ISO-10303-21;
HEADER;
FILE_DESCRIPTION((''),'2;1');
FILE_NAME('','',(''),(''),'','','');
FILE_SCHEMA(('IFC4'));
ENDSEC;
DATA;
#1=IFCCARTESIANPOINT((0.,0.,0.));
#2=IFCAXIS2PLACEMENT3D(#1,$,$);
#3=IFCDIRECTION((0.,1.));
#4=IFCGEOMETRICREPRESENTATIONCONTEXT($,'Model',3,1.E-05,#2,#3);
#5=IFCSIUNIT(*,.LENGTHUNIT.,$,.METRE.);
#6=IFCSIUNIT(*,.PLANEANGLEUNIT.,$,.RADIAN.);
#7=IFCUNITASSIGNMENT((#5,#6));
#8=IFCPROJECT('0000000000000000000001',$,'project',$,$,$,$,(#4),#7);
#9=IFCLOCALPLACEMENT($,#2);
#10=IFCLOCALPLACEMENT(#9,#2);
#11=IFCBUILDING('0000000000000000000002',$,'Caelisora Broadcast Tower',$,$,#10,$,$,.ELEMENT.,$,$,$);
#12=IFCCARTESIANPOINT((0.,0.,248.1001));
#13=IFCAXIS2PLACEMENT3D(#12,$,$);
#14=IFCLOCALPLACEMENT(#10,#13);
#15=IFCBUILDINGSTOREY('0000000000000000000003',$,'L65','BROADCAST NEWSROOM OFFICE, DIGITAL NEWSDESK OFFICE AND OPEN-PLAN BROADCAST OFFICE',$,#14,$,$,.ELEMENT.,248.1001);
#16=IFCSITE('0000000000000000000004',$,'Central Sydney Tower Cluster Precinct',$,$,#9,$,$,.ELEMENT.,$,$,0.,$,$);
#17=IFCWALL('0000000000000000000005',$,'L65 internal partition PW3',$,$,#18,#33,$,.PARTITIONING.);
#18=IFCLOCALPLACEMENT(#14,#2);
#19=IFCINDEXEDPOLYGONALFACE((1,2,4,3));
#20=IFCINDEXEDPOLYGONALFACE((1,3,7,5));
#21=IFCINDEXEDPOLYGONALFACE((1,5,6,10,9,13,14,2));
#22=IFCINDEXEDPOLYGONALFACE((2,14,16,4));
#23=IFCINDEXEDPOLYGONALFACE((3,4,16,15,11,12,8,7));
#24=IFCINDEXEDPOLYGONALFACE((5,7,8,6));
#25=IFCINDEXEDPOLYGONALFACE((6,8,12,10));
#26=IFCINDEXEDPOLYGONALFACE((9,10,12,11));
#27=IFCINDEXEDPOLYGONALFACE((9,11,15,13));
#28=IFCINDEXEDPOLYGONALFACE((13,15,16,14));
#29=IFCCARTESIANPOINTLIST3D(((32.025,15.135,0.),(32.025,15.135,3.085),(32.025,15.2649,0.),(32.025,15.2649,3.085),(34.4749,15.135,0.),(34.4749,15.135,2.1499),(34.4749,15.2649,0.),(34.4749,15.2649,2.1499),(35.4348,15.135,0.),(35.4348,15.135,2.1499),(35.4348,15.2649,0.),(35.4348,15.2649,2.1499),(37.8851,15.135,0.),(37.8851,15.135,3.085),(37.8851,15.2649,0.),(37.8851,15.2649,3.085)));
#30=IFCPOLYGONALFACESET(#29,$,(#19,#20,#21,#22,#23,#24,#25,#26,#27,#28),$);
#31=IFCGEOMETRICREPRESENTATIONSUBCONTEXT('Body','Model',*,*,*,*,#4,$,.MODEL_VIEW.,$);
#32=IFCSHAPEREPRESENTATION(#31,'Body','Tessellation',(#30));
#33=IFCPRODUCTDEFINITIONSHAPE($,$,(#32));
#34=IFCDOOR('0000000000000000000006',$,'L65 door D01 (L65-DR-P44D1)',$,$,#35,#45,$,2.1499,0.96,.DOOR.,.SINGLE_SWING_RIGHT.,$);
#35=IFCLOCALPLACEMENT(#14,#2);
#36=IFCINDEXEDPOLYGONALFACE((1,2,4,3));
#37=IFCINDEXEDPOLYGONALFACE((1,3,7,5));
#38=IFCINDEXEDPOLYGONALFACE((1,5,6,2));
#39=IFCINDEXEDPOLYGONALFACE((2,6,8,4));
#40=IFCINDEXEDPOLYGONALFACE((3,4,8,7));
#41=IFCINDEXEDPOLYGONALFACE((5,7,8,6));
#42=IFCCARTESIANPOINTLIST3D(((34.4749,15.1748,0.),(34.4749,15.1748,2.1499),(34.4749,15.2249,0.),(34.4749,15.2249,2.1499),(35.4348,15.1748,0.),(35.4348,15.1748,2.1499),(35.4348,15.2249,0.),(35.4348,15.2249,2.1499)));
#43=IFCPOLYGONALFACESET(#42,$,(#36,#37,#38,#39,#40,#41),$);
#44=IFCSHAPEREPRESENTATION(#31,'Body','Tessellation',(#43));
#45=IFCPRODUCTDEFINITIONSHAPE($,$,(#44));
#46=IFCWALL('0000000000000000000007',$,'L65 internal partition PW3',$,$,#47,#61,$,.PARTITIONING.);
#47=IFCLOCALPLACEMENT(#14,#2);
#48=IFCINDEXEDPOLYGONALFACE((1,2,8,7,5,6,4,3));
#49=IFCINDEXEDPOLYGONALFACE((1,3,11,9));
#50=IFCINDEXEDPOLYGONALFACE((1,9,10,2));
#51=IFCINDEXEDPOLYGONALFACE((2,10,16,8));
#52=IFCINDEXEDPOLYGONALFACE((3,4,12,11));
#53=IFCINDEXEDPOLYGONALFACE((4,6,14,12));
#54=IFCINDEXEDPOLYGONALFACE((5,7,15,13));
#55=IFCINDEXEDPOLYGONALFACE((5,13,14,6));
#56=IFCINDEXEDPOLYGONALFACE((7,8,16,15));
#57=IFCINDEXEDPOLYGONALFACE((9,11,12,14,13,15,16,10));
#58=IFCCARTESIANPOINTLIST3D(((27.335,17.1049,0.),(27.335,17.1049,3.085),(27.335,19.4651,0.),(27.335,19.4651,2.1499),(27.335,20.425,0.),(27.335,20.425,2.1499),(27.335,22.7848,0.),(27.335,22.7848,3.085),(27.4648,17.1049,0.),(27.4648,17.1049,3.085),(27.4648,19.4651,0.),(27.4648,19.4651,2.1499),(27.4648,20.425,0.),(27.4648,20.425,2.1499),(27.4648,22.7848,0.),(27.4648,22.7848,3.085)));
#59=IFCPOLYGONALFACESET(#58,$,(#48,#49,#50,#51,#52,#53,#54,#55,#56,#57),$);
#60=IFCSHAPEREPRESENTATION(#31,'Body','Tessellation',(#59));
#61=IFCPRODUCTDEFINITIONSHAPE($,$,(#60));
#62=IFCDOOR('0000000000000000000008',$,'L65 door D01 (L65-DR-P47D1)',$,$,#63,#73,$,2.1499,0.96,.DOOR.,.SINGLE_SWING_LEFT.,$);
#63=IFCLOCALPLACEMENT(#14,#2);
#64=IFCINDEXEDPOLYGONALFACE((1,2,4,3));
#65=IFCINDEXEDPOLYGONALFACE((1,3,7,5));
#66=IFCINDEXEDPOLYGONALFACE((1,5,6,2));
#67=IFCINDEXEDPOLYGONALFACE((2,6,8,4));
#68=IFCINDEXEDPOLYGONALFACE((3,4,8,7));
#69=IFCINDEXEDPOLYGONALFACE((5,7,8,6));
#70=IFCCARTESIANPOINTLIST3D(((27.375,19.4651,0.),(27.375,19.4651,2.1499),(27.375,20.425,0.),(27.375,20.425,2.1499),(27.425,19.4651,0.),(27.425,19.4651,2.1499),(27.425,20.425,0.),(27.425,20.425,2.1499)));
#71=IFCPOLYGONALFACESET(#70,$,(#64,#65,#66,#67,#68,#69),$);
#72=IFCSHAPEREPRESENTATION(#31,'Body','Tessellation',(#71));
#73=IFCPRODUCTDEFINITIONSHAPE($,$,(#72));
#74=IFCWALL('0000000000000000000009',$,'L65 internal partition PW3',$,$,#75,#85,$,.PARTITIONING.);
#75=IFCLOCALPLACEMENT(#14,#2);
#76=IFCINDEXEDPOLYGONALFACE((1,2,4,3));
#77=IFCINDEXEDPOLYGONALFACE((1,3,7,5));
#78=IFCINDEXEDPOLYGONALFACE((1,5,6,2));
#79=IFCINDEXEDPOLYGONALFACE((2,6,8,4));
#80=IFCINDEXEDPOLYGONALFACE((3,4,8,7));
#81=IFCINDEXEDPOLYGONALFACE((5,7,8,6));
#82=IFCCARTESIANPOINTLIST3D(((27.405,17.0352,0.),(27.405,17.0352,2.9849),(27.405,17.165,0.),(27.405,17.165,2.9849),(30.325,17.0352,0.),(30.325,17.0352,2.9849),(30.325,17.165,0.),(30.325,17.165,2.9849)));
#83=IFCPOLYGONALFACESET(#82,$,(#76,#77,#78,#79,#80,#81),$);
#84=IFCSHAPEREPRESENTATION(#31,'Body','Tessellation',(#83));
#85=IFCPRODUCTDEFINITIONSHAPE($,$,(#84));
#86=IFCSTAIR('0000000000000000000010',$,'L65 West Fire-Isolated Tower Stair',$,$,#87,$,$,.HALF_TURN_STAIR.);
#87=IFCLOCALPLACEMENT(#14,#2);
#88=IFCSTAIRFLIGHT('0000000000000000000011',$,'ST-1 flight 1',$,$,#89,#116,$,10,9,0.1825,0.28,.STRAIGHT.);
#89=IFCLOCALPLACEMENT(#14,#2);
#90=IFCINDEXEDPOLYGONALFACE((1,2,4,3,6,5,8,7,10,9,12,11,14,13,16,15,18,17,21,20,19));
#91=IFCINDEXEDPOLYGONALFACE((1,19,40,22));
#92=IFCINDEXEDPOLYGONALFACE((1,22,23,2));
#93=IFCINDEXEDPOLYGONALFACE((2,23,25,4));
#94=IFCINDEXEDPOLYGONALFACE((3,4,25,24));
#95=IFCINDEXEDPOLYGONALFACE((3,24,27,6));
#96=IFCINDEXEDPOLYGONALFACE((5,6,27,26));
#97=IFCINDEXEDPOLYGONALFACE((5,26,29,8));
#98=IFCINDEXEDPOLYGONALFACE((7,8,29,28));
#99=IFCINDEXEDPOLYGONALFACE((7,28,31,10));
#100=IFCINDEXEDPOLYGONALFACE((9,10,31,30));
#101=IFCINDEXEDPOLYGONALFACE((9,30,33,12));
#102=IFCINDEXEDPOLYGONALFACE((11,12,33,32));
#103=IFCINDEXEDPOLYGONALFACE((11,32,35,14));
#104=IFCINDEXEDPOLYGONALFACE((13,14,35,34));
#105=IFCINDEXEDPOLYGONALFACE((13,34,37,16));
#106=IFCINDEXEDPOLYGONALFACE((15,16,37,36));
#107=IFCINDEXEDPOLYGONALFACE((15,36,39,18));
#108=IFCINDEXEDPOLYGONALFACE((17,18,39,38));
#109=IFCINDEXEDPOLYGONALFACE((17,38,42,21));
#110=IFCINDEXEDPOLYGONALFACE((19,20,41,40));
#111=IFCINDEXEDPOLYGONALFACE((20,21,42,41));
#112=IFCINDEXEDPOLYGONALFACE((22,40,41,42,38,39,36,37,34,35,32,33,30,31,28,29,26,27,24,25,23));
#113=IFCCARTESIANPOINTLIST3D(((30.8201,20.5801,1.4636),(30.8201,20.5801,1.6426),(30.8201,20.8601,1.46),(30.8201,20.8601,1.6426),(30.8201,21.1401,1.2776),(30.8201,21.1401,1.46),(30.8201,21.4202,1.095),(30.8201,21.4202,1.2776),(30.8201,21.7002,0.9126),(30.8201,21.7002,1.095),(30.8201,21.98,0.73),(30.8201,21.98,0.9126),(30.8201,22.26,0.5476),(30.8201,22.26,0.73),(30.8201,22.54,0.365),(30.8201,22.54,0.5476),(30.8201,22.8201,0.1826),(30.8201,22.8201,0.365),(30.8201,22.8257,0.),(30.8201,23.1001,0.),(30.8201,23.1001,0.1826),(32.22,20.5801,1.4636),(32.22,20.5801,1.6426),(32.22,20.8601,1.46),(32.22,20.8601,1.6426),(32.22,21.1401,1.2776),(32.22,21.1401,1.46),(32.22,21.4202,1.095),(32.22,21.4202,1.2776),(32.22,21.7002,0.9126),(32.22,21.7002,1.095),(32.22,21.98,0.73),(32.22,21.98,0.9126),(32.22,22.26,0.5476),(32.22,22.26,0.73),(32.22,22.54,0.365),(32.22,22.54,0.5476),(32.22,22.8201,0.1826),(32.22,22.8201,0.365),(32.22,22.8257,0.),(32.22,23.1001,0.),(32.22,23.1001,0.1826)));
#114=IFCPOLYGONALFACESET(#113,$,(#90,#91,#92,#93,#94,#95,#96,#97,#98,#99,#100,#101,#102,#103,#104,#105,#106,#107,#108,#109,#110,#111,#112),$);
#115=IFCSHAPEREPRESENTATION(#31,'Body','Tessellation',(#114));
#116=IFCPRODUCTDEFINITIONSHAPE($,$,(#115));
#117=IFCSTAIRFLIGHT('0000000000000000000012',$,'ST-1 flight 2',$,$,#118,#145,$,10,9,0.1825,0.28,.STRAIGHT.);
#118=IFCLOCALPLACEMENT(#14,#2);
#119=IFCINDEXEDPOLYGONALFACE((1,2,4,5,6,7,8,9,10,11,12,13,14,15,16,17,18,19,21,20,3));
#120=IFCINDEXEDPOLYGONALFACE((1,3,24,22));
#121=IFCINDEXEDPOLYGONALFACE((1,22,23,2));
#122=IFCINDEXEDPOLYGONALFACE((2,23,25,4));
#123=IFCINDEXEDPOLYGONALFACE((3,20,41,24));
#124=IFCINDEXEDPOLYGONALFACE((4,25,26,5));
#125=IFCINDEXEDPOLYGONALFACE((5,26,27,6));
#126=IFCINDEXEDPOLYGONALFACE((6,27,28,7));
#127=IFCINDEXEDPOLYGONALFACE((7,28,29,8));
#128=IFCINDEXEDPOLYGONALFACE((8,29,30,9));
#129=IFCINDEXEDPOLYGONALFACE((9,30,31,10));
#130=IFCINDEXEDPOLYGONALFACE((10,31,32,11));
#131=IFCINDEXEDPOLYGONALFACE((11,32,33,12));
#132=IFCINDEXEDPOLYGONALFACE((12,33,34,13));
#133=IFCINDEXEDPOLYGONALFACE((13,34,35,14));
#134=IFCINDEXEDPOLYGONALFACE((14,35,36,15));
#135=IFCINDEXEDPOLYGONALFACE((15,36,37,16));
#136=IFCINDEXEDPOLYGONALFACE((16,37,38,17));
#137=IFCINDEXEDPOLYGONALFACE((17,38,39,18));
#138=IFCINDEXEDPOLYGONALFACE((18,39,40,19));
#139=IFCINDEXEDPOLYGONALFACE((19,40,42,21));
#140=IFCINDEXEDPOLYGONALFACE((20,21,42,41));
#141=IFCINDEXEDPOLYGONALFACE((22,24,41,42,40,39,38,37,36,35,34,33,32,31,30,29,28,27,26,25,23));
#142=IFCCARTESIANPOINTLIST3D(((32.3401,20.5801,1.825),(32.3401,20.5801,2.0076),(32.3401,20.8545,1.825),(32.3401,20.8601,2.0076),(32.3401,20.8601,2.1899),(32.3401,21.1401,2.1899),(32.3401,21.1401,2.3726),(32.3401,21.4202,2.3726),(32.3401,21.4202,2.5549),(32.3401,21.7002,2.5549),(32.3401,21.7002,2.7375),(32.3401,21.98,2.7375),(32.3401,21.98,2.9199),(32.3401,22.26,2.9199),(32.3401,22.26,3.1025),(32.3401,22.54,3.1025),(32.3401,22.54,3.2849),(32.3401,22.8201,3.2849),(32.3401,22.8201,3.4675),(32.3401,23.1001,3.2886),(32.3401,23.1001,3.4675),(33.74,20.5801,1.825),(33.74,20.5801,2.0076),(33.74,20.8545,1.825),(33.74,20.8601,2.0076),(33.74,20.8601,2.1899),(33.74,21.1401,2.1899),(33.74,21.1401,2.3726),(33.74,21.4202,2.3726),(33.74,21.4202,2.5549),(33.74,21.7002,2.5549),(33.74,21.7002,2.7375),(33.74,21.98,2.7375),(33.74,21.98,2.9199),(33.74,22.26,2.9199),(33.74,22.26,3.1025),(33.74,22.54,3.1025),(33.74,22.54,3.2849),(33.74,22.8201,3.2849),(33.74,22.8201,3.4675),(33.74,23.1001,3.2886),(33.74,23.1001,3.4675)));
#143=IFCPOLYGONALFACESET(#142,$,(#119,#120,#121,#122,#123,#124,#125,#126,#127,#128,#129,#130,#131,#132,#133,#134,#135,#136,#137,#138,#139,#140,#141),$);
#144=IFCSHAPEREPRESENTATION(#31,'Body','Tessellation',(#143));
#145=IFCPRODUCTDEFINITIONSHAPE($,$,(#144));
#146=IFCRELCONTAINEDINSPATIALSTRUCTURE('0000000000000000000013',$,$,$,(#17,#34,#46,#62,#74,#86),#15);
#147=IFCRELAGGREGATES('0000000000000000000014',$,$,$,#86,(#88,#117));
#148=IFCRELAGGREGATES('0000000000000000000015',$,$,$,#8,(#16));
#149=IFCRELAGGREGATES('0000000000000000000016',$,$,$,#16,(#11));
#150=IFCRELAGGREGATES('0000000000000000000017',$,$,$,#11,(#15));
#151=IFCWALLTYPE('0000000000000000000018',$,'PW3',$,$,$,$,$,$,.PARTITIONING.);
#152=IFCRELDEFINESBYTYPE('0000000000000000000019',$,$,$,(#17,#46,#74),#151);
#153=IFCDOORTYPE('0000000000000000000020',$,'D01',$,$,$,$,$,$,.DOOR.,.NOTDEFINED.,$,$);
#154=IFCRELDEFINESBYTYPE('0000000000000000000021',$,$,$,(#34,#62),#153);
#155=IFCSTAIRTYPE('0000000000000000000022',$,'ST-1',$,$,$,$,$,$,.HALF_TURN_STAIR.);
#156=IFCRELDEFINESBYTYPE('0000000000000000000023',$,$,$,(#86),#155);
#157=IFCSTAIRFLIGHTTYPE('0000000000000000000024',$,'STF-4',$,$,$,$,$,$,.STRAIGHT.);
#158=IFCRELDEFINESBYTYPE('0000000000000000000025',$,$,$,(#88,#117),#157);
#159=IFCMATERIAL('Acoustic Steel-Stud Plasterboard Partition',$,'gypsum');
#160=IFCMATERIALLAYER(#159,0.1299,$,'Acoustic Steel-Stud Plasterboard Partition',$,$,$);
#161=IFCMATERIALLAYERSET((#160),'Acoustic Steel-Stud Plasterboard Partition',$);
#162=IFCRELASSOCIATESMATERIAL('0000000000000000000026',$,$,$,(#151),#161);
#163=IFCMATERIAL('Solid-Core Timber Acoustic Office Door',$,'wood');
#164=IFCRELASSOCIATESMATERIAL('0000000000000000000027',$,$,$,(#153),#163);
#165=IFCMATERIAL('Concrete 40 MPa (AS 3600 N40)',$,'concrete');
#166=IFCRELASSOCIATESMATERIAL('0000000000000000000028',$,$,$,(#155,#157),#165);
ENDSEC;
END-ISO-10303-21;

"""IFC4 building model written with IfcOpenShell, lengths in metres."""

from ifc_helpers import new_model, si_unit, direction, frame, frame_2d, origin, place, context, subcontext, project, spatial, polyline, rectangle, outline, extrude, material, layer, layer_set, type_object, element, fill, aggregate, save


model = new_model("IFC4")

# Units and contexts
model_context = context("Model", 3, precision=1e-05, world=origin(), true_north=direction((0.0, 1.0)))
body_context = subcontext(model_context, "Body", "Model", "MODEL_VIEW")
ifc_project = project(units=[si_unit("LENGTHUNIT", "METRE"), si_unit("PLANEANGLEUNIT", "RADIAN")], contexts=[model_context])

# Site, building, storey
site_placement = place(None, origin())
site = spatial("IfcSite", under=ifc_project, at=site_placement, Name="Central Sydney Tower Cluster Precinct", CompositionType="ELEMENT", RefElevation=0.0)
building_placement = place(site_placement, origin())
building = spatial("IfcBuilding", under=site, at=building_placement, Name="Caelisora Broadcast Tower", CompositionType="ELEMENT")
storey_placement = place(building_placement, frame((0.0, 0.0, 248.1001)))
storey = spatial("IfcBuildingStorey", under=building, at=storey_placement, Name="L65", Description="BROADCAST NEWSROOM OFFICE, DIGITAL NEWSDESK OFFICE AND OPEN-PLAN BROADCAST OFFICE", CompositionType="ELEMENT", Elevation=248.1001)

# Shared definitions
ifc_material_1 = material(Name="Concrete 40 MPa (AS 3600 N40)", Category="concrete")

# Walls, openings, doors
ifc_material_2 = material(Name="Acoustic Steel-Stud Plasterboard Partition", Category="gypsum")
ifc_layer_1 = layer(ifc_material_2, 0.1299, Name="Acoustic Steel-Stud Plasterboard Partition")
ifc_layer_set_1 = layer_set([ifc_layer_1], Name="Acoustic Steel-Stud Plasterboard Partition")
wall_type_1 = type_object("IfcWallType", Name="PW3", PredefinedType="PARTITIONING", material=ifc_layer_set_1)
wall_1_placement = place(storey_placement, frame((32.0249, 15.2, 0.0), z_axis=(0.0, 0.0, 1.0), x_axis=(1.0, 0.0, 0.0)))
wall_1 = element("IfcWall", 1, at=wall_1_placement, inside=storey, type_object=wall_type_1, Name="L65 internal partition PW3", PredefinedType="PARTITIONING", context=body_context, shape_type="SweptSolid", body=[
    extrude(rectangle(XDim=5.8601, YDim=0.1299, at=frame_2d((2.9302, 0.0))), origin(), (0.0, 0.0, 1.0), 3.085),
])
opening_1_placement = place(wall_1_placement, frame((2.45, 0.0, 0.0)))
opening_1 = element("IfcOpeningElement", 2, at=opening_1_placement, cuts=wall_1, PredefinedType="OPENING", context=body_context, shape_type="SweptSolid", body=[
    extrude(rectangle(XDim=0.96, YDim=2.1499, at=frame_2d((0.48, 1.075))), frame((0.0, 0.0769, 0.0), z_axis=(0.0, -1.0, 0.0), x_axis=(1.0, 0.0, 0.0)), (0.0, 0.0, 1.0), 0.1538),
])
ifc_material_3 = material(Name="Solid-Core Timber Acoustic Office Door", Category="wood")
door_type_1 = type_object("IfcDoorType", Name="D01", OperationType="NOTDEFINED", PredefinedType="DOOR", material=ifc_material_3)
door_1_placement = place(opening_1_placement, origin())
door_1 = element("IfcDoor", 3, at=door_1_placement, inside=storey, type_object=door_type_1, Name="L65 door D01 (L65-DR-P44D1)", OperationType="SINGLE_SWING_RIGHT", OverallHeight=2.1499, OverallWidth=0.96, PredefinedType="DOOR", context=body_context, shape_type="SweptSolid", body=[
    extrude(rectangle(XDim=0.96, YDim=2.1499, at=frame_2d((0.48, 1.075))), frame((0.0, 0.0249, 0.0), z_axis=(0.0, -1.0, 0.0), x_axis=(1.0, 0.0, 0.0)), (0.0, 0.0, 1.0), 0.05),
])
fill(opening_1, door_1)
wall_2_placement = place(storey_placement, frame((27.3999, 17.105, 0.0), z_axis=(0.0, 0.0, 1.0), x_axis=(0.0, 1.0, 0.0)))
wall_2 = element("IfcWall", 4, at=wall_2_placement, inside=storey, type_object=wall_type_1, Name="L65 internal partition PW3", PredefinedType="PARTITIONING", context=body_context, shape_type="SweptSolid", body=[
    extrude(rectangle(XDim=5.6799, YDim=0.1299, at=frame_2d((2.8398, 0.0))), origin(), (0.0, 0.0, 1.0), 3.085),
])
opening_2_placement = place(wall_2_placement, frame((2.3601, 0.0, 0.0)))
opening_2 = element("IfcOpeningElement", 5, at=opening_2_placement, cuts=wall_2, PredefinedType="OPENING", context=body_context, shape_type="SweptSolid", body=[
    extrude(rectangle(XDim=0.96, YDim=2.1499, at=frame_2d((0.48, 1.075))), frame((0.0, 0.0769, 0.0), z_axis=(0.0, -1.0, 0.0), x_axis=(1.0, 0.0, 0.0)), (0.0, 0.0, 1.0), 0.1538),
])
door_2_placement = place(opening_2_placement, origin())
door_2 = element("IfcDoor", 6, at=door_2_placement, inside=storey, type_object=door_type_1, Name="L65 door D01 (L65-DR-P47D1)", OperationType="SINGLE_SWING_LEFT", OverallHeight=2.1499, OverallWidth=0.96, PredefinedType="DOOR", context=body_context, shape_type="SweptSolid", body=[
    extrude(rectangle(XDim=0.96, YDim=2.1499, at=frame_2d((0.48, 1.075))), frame((0.0, 0.0249, 0.0), z_axis=(0.0, -1.0, 0.0), x_axis=(1.0, 0.0, 0.0)), (0.0, 0.0, 1.0), 0.05),
])
fill(opening_2, door_2)

# Wall
wall_3_placement = place(storey_placement, frame((30.325, 17.1001, 0.0), z_axis=(0.0, 0.0, 1.0), x_axis=(-1.0, 0.0, 0.0)))
element("IfcWall", 7, at=wall_3_placement, inside=storey, type_object=wall_type_1, Name="L65 internal partition PW3", PredefinedType="PARTITIONING", context=body_context, shape_type="SweptSolid", body=[
    extrude(rectangle(XDim=2.9199, YDim=0.1299, at=frame_2d((1.46, 0.0))), origin(), (0.0, 0.0, 1.0), 2.9849),
])

# Stair, stair flights
stair_type = type_object("IfcStairType", Name="ST-1", PredefinedType="HALF_TURN_STAIR", material=ifc_material_1)
stair_placement = place(storey_placement, origin())
stair = element("IfcStair", 8, at=stair_placement, inside=storey, type_object=stair_type, Name="L65 West Fire-Isolated Tower Stair", PredefinedType="HALF_TURN_STAIR")
stair_flight_type = type_object("IfcStairFlightType", Name="STF-4", PredefinedType="STRAIGHT", material=ifc_material_1)
stair_flight_1_placement = place(storey_placement, frame((31.52, 23.1001, 0.0), z_axis=(0.0, 0.0, 1.0), x_axis=(0.0, -1.0, 0.0)))
stair_flight_1 = element("IfcStairFlight", 9, at=stair_flight_1_placement, type_object=stair_flight_type, Name="ST-1 flight 1", NumberOfRisers=10, NumberOfTreads=9, PredefinedType="STRAIGHT", RiserHeight=0.1825, TreadLength=0.28, context=body_context, shape_type="SweptSolid", body=[
    extrude(outline(polyline([(0.0, 0.0), (0.0, 0.1826), (0.28, 0.1826), (0.28, 0.365), (0.5601, 0.365), (0.5601, 0.5476), (0.8401, 0.5476), (0.8401, 0.73), (1.1201, 0.73), (1.1201, 0.9126), (1.3999, 0.9126), (1.3999, 1.095), (1.6799, 1.095), (1.6799, 1.2776), (1.96, 1.2776), (1.96, 1.46), (2.24, 1.46), (2.24, 1.6426), (2.52, 1.6426), (2.52, 1.825), (2.52, 1.4636), (0.2744, 0.0), (0.0, 0.0)])), frame((0.0, 0.7, 0.0), z_axis=(0.0, -1.0, 0.0), x_axis=(1.0, 0.0, 0.0)), (0.0, 0.0, 1.0), 1.3999),
])
stair_flight_2_placement = place(storey_placement, frame((33.04, 20.5801, 1.825), z_axis=(0.0, 0.0, 1.0), x_axis=(0.0, 1.0, 0.0)))
stair_flight_2 = element("IfcStairFlight", 10, at=stair_flight_2_placement, type_object=stair_flight_type, Name="ST-1 flight 2", NumberOfRisers=10, NumberOfTreads=9, PredefinedType="STRAIGHT", RiserHeight=0.1825, TreadLength=0.28, context=body_context, shape_type="SweptSolid", body=[
    extrude(outline(polyline([(0.0, 0.0), (0.0, 0.1826), (0.28, 0.1826), (0.28, 0.365), (0.5601, 0.365), (0.5601, 0.5476), (0.8401, 0.5476), (0.8401, 0.73), (1.1201, 0.73), (1.1201, 0.9126), (1.3999, 0.9126), (1.3999, 1.095), (1.6799, 1.095), (1.6799, 1.2776), (1.96, 1.2776), (1.96, 1.46), (2.24, 1.46), (2.24, 1.6426), (2.52, 1.6426), (2.52, 1.825), (2.52, 1.4636), (0.2744, 0.0), (0.0, 0.0)])), frame((0.0, 0.7, 0.0), z_axis=(0.0, -1.0, 0.0), x_axis=(1.0, 0.0, 0.0)), (0.0, 0.0, 1.0), 1.3999),
])
aggregate(stair, [stair_flight_1, stair_flight_2])

save(model, "model.ifc")
